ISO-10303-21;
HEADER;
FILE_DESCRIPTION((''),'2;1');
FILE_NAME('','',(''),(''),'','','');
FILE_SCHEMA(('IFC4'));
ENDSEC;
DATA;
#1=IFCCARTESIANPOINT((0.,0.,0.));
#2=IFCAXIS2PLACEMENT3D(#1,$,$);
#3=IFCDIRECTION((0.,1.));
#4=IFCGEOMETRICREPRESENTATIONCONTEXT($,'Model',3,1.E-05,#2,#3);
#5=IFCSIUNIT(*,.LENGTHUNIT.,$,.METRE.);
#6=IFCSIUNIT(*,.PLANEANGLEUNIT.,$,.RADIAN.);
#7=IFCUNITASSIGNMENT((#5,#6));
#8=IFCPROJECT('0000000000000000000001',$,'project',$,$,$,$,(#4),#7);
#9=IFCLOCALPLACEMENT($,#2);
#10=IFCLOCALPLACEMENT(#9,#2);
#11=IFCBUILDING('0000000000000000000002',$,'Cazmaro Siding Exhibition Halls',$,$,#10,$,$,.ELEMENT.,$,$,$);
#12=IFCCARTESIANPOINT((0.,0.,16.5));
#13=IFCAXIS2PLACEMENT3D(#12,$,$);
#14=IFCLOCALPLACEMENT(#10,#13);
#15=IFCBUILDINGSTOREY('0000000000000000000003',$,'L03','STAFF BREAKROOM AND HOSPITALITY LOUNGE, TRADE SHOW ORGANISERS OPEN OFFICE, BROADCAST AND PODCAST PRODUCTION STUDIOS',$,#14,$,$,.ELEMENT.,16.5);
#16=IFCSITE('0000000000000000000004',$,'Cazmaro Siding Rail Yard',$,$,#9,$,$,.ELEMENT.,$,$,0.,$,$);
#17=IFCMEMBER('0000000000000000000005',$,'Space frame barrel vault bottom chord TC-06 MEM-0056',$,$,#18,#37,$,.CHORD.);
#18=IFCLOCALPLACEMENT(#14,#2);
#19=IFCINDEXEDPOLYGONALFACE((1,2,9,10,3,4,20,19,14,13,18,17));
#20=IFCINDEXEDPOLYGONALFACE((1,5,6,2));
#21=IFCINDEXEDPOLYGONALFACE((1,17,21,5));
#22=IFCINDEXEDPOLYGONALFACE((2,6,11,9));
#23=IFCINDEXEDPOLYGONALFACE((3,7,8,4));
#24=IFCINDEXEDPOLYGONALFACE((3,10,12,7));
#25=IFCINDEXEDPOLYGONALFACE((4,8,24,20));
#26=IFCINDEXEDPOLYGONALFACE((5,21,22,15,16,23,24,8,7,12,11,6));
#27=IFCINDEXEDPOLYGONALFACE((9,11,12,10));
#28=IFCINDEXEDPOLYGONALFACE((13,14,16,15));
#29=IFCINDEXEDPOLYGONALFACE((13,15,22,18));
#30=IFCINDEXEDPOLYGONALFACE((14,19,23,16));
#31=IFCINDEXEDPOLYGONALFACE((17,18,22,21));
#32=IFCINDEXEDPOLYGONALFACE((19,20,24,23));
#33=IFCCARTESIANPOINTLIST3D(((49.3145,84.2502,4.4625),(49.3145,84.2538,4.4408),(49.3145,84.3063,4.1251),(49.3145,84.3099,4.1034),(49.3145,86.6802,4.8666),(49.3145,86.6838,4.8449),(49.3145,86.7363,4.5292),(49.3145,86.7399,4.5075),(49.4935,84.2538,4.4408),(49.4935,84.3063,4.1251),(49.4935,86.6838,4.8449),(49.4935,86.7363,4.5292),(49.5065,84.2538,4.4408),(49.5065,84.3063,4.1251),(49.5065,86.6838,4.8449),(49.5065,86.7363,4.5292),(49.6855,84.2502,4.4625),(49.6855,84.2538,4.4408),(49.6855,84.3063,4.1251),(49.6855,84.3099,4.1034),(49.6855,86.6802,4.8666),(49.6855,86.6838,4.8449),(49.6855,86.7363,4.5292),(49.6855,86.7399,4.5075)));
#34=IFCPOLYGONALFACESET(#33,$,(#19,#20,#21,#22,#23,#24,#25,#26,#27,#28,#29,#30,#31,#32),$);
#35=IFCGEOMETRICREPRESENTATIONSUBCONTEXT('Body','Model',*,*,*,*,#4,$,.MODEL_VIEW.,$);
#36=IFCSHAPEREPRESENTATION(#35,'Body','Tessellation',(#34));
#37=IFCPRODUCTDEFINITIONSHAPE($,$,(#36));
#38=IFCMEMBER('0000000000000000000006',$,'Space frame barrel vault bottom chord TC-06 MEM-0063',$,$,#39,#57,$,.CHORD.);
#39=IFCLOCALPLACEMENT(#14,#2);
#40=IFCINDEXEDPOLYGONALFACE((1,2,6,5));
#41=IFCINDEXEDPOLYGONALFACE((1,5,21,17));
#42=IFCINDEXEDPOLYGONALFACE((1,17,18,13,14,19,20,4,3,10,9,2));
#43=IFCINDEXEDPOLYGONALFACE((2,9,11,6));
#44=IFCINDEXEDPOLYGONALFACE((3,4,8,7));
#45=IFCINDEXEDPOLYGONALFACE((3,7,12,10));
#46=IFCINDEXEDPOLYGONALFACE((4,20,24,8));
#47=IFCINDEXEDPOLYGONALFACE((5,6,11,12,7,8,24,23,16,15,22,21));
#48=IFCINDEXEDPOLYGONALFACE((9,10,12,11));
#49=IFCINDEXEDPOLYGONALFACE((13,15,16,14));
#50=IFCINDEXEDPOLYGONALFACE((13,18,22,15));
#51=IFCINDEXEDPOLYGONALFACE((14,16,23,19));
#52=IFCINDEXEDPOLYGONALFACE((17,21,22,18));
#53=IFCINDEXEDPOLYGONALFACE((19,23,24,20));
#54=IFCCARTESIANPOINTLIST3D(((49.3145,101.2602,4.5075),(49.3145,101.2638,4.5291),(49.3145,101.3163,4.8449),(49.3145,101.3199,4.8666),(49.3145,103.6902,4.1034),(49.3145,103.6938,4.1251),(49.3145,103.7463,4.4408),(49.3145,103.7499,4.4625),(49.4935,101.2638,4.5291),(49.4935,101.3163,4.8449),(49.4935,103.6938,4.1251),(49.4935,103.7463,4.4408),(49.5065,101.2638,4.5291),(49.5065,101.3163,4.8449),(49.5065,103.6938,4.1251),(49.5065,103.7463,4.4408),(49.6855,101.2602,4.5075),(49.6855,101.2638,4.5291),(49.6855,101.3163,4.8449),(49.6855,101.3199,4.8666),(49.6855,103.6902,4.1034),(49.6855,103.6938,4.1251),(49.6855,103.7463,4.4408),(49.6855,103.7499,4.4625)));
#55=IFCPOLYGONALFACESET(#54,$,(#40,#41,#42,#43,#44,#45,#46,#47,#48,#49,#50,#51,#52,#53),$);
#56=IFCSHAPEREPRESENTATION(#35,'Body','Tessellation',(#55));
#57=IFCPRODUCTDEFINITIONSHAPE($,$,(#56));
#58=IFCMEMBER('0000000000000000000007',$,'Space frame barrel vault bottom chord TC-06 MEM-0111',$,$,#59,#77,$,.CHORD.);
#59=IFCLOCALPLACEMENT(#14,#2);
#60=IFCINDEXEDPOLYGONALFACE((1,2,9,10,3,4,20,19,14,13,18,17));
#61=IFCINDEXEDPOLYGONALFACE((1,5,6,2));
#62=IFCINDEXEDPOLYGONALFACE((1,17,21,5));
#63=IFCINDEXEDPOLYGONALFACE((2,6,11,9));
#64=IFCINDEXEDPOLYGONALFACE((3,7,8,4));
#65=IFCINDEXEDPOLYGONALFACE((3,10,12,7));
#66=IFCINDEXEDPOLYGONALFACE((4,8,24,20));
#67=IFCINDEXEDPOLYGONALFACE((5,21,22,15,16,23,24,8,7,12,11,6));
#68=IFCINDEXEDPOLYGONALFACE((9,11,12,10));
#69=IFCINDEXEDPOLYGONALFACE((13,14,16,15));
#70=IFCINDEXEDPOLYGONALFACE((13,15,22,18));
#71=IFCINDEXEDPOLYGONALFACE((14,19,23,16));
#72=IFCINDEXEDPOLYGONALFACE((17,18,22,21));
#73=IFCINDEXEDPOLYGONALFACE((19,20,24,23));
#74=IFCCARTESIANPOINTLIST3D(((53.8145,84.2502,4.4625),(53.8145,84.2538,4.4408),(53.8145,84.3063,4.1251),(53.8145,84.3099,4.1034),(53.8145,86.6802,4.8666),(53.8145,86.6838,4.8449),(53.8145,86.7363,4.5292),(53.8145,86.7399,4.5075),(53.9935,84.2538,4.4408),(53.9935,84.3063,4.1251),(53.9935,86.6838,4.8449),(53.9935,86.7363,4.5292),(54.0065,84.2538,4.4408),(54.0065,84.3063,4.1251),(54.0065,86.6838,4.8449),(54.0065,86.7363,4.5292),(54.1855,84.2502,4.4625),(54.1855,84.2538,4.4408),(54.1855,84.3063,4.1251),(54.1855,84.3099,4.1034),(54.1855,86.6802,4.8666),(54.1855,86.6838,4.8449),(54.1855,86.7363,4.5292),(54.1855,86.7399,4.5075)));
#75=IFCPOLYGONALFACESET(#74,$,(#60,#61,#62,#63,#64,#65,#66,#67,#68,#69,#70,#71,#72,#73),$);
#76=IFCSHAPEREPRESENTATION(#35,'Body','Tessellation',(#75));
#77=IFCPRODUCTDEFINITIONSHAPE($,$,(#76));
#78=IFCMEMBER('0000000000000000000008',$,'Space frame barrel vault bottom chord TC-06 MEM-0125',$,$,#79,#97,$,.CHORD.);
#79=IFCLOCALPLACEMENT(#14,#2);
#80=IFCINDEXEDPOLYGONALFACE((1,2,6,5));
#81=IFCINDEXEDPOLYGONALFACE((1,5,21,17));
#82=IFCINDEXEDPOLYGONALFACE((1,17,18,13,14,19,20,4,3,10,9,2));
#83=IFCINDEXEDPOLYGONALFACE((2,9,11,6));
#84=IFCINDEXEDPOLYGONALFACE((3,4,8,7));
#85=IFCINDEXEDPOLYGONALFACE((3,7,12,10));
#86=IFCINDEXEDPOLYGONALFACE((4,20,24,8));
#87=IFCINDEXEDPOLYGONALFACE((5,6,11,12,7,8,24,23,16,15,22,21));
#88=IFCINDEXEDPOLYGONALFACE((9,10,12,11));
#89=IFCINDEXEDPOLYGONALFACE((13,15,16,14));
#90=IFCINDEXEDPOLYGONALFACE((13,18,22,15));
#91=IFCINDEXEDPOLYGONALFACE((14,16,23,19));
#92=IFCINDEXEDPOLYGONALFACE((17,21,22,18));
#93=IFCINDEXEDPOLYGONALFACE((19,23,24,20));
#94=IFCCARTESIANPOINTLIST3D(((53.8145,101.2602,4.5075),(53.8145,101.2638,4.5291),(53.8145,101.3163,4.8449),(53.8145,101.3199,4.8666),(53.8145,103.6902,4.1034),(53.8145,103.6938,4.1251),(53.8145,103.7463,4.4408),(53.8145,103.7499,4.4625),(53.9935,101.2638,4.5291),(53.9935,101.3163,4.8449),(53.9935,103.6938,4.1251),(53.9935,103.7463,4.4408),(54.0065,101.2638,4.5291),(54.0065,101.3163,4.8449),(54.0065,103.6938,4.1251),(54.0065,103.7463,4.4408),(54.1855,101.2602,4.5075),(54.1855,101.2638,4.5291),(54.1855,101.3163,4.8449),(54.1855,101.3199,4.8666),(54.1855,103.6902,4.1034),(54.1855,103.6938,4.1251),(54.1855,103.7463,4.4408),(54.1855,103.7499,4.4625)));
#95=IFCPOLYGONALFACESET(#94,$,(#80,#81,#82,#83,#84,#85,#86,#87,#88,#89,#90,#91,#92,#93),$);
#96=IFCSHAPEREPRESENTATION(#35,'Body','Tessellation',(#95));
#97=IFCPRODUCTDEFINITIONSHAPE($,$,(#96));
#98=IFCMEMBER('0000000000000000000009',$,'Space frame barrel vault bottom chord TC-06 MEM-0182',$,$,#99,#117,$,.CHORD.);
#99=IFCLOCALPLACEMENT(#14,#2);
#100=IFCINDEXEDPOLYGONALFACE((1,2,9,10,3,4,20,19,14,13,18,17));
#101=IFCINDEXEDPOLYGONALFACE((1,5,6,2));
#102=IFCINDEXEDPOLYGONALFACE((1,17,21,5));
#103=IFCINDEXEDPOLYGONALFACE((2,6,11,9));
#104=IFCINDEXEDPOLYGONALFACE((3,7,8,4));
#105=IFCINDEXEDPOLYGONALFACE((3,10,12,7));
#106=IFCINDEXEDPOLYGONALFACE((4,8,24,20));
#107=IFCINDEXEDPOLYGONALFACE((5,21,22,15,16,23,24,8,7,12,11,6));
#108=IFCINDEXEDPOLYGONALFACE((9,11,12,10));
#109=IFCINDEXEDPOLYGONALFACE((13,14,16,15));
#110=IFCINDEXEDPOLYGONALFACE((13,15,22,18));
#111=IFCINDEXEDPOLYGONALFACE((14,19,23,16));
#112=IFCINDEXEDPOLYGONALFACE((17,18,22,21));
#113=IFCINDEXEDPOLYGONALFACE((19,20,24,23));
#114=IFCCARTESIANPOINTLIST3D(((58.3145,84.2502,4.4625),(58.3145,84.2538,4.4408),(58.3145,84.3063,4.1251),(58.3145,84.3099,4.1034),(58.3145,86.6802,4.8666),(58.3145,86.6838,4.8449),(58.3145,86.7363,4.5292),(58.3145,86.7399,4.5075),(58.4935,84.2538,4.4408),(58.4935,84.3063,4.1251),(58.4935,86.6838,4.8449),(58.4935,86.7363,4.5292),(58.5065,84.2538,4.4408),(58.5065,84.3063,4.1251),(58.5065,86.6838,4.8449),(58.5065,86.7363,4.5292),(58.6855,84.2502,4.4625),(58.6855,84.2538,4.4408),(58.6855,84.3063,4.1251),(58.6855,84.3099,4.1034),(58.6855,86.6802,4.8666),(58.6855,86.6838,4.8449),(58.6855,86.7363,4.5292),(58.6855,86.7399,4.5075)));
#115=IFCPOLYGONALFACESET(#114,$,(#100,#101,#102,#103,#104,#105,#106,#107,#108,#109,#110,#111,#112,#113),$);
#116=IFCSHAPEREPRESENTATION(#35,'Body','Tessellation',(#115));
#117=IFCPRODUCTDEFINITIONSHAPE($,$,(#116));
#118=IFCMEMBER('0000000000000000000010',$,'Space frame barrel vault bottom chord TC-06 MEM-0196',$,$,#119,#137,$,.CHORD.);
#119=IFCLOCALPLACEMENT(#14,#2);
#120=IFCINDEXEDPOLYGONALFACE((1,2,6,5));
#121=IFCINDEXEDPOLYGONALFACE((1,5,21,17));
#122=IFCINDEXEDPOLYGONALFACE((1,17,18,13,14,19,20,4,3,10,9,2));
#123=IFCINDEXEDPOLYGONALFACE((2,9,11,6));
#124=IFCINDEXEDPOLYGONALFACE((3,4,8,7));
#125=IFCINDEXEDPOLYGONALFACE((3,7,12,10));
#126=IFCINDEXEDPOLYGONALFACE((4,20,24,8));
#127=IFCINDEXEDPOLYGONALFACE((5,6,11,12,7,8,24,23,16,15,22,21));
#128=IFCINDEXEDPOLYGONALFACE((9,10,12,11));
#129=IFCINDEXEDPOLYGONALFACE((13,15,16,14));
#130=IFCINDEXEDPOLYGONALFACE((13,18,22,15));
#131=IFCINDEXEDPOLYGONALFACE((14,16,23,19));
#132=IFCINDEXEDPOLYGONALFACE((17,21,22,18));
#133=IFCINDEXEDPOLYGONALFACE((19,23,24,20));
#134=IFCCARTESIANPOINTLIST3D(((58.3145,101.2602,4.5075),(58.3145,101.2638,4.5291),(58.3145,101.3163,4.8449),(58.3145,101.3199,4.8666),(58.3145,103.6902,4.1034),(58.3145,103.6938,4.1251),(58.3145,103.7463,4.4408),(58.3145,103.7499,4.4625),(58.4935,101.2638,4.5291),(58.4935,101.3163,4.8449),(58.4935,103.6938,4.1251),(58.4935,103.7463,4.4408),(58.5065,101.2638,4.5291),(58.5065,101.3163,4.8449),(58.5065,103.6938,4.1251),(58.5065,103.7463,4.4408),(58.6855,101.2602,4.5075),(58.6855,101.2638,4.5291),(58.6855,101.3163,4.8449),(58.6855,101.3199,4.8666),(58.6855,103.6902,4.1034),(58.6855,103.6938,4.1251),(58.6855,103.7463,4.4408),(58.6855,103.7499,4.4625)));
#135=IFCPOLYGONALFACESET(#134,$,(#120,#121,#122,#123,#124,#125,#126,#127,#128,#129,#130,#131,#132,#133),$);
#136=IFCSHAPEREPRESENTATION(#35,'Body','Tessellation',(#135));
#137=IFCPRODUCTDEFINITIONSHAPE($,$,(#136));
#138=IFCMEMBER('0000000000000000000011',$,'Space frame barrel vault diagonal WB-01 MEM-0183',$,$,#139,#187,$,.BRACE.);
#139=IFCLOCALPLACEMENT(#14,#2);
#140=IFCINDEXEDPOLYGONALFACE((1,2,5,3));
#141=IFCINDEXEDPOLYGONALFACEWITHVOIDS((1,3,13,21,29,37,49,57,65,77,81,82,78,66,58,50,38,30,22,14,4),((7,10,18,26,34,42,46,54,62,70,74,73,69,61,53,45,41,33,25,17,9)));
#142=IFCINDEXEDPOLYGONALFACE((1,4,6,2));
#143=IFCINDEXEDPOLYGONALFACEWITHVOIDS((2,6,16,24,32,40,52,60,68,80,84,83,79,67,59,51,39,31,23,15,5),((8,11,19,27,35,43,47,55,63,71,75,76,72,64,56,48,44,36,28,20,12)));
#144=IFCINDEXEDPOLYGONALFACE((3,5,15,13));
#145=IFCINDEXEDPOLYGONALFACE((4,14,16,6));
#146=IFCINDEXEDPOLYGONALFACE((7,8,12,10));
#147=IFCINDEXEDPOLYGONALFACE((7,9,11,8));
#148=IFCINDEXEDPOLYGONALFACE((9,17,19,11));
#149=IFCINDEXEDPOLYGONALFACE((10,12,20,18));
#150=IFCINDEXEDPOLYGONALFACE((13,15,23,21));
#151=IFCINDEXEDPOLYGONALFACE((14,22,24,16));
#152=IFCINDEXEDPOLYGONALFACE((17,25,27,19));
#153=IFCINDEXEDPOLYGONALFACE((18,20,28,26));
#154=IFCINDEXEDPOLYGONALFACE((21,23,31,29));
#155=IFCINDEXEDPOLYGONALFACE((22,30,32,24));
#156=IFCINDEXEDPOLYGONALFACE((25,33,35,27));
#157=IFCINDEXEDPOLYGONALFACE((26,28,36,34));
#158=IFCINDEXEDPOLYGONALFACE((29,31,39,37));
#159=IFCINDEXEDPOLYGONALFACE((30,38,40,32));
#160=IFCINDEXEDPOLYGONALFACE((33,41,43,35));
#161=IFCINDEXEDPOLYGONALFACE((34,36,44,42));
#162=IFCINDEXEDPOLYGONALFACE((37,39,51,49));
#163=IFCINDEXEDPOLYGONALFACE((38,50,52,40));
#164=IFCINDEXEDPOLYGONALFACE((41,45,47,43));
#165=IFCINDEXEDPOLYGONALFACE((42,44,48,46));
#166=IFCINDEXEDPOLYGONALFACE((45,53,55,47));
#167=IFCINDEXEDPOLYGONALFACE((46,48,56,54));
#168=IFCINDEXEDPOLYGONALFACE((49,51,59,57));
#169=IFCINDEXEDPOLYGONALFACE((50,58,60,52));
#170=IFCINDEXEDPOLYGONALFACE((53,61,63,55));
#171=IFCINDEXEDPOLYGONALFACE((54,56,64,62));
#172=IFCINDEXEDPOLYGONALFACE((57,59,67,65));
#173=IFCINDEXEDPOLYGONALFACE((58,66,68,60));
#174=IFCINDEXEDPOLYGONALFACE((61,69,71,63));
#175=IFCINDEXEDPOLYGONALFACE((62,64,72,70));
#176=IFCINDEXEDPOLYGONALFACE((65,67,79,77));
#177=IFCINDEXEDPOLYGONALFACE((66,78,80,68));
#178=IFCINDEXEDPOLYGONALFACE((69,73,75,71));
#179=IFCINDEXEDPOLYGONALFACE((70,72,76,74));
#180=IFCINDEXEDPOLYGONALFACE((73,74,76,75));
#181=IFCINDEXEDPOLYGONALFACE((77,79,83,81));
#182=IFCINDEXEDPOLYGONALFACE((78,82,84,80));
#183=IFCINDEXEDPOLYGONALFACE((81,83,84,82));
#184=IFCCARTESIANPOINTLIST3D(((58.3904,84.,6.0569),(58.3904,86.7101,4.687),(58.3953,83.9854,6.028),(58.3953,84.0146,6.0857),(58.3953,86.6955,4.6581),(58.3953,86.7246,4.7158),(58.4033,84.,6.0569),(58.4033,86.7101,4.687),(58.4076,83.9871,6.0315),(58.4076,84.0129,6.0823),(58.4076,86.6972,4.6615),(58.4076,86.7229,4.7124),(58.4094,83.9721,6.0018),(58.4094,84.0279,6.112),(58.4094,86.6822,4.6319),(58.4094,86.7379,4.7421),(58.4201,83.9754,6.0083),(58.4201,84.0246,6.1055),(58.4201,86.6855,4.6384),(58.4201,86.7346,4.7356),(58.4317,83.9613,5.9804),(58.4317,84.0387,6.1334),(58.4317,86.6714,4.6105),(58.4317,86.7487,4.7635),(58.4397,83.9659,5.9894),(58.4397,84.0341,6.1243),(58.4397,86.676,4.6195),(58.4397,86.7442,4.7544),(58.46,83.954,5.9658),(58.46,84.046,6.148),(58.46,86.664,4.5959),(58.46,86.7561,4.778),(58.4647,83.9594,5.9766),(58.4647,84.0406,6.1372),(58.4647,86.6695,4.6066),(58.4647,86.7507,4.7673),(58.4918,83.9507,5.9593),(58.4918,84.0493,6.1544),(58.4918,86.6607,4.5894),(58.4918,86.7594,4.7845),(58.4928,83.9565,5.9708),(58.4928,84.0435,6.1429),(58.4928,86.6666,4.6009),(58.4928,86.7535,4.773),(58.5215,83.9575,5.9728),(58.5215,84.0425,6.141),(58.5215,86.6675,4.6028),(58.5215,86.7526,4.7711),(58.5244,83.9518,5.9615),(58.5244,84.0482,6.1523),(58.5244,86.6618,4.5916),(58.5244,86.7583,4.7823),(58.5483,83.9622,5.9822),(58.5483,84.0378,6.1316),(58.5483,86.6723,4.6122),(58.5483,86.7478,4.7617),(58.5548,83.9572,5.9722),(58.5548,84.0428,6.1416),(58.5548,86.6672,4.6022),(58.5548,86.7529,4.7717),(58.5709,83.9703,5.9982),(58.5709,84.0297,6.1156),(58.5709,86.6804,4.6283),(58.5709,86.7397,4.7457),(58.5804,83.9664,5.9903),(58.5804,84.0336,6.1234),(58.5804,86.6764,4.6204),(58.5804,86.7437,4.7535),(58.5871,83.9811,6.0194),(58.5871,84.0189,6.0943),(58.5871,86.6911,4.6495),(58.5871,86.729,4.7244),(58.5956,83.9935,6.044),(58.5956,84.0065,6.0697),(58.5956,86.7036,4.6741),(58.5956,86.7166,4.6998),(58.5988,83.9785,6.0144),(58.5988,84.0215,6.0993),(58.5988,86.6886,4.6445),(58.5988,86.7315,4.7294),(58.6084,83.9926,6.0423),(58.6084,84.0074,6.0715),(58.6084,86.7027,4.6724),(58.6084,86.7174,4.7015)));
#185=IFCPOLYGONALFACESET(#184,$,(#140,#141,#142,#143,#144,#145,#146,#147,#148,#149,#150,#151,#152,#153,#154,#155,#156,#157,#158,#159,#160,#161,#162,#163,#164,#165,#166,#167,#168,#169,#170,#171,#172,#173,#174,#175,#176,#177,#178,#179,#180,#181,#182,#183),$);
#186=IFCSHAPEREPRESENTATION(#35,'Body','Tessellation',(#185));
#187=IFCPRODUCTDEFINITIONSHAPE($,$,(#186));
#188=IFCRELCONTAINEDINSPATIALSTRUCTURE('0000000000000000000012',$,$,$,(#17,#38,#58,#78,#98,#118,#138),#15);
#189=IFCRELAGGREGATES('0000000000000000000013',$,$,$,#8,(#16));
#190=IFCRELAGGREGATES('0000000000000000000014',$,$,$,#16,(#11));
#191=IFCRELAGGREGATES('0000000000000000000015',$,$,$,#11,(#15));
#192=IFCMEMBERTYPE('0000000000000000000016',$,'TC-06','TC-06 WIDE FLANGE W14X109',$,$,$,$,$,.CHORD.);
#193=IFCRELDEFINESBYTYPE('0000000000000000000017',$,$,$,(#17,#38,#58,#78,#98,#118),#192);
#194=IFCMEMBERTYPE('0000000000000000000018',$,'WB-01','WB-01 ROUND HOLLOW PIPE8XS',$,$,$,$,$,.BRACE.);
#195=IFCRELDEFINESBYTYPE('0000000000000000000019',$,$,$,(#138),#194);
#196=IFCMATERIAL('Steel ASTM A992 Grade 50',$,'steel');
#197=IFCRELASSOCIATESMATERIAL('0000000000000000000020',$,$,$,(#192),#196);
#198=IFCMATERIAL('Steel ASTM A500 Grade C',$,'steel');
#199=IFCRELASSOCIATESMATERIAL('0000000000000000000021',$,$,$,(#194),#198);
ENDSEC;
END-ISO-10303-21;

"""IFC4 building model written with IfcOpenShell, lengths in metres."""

from ifc_helpers import new_model, si_unit, direction, frame, origin, origin_2d, place, context, subcontext, project, spatial, hollow_circle, i_section, extrude, material, material_profile, profile_set, type_object, element, save


model = new_model("IFC4")

# Units and contexts
model_context = context("Model", 3, precision=1e-05, world=origin(), true_north=direction((0.0, 1.0)))
body_context = subcontext(model_context, "Body", "Model", "MODEL_VIEW")
ifc_project = project(units=[si_unit("LENGTHUNIT", "METRE"), si_unit("PLANEANGLEUNIT", "RADIAN")], contexts=[model_context])

# Site, building, storey
site_placement = place(None, origin())
site = spatial("IfcSite", under=ifc_project, at=site_placement, Name="Cazmaro Siding Rail Yard", CompositionType="ELEMENT", RefElevation=0.0)
building_placement = place(site_placement, origin())
building = spatial("IfcBuilding", under=site, at=building_placement, Name="Cazmaro Siding Exhibition Halls", CompositionType="ELEMENT")
storey_placement = place(building_placement, frame((0.0, 0.0, 16.5)))
storey = spatial("IfcBuildingStorey", under=building, at=storey_placement, Name="L03", Description="STAFF BREAKROOM AND HOSPITALITY LOUNGE, TRADE SHOW ORGANISERS OPEN OFFICE, BROADCAST AND PODCAST PRODUCTION STUDIOS", CompositionType="ELEMENT", Elevation=16.5)

# Members
ifc_material_1 = material(Name="Steel ASTM A992 Grade 50", Category="steel")
ifc_material_profile_1 = material_profile(ifc_material_1, i_section(OverallWidth=0.3711, OverallDepth=0.364, WebThickness=0.0129, FlangeThickness=0.022, at=origin_2d()), Name="W14X109")
ifc_profile_set_1 = profile_set([ifc_material_profile_1], Name="Steel ASTM A992 Grade 50")
member_type_1 = type_object("IfcMemberType", Name="TC-06", Description="TC-06 WIDE FLANGE W14X109", PredefinedType="CHORD", material=ifc_profile_set_1)
for number, where, z_axis, x_axis, name in (
    (1, (49.5, 84.28, 4.283), (0.0, 0.986455, 0.164029), (-1.0, 0.0, 0.0), "Space frame barrel vault bottom chord TC-06 MEM-0056"),
    (2, (49.5, 101.29, 4.687), (0.0, 0.986455, -0.164029), (-1.0, 0.0, 0.0), "Space frame barrel vault bottom chord TC-06 MEM-0063"),
    (3, (54.0, 84.28, 4.283), (0.0, 0.986455, 0.164029), (-1.0, 0.0, 0.0), "Space frame barrel vault bottom chord TC-06 MEM-0111"),
    (4, (54.0, 101.29, 4.687), (0.0, 0.986455, -0.164029), (-1.0, 0.0, 0.0), "Space frame barrel vault bottom chord TC-06 MEM-0125"),
    (5, (58.5, 84.28, 4.283), (0.0, 0.986455, 0.164029), (-1.0, 0.0, 0.0), "Space frame barrel vault bottom chord TC-06 MEM-0182"),
    (6, (58.5, 101.29, 4.687), (0.0, 0.986455, -0.164029), (-1.0, 0.0, 0.0), "Space frame barrel vault bottom chord TC-06 MEM-0196"),
):
    element("IfcMember", number, at=place(storey_placement, frame(where, z_axis=z_axis, x_axis=x_axis)), inside=storey, type_object=member_type_1, Name=name, PredefinedType="CHORD", context=body_context, shape_type="SweptSolid", body=[
        extrude(i_section(OverallWidth=0.3711, OverallDepth=0.364, WebThickness=0.0129, FlangeThickness=0.022, at=origin_2d()), origin(), (0.0, 0.0, 1.0), 2.4634),
    ])
ifc_material_2 = material(Name="Steel ASTM A500 Grade C", Category="steel")
ifc_material_profile_2 = material_profile(ifc_material_2, hollow_circle(Radius=0.1096, WallThickness=0.0129, at=origin_2d()), Name="PIPE8XS")
ifc_profile_set_2 = profile_set([ifc_material_profile_2], Name="Steel ASTM A500 Grade C")
member_type_2 = type_object("IfcMemberType", Name="WB-01", Description="WB-01 ROUND HOLLOW PIPE8XS", PredefinedType="BRACE", material=ifc_profile_set_2)
for number, where, z_axis, x_axis, name in (
    (7, (58.5, 84.0, 6.0569), (0.0, 0.892457, -0.451133), (-1.0, 0.0, 0.0), "Space frame barrel vault diagonal WB-01 MEM-0183"),
):
    element("IfcMember", number, at=place(storey_placement, frame(where, z_axis=z_axis, x_axis=x_axis)), inside=storey, type_object=member_type_2, Name=name, PredefinedType="BRACE", context=body_context, shape_type="SweptSolid", body=[
        extrude(hollow_circle(Radius=0.1096, WallThickness=0.0129, at=origin_2d()), origin(), (0.0, 0.0, 1.0), 3.0366),
    ])

save(model, "model.ifc")
